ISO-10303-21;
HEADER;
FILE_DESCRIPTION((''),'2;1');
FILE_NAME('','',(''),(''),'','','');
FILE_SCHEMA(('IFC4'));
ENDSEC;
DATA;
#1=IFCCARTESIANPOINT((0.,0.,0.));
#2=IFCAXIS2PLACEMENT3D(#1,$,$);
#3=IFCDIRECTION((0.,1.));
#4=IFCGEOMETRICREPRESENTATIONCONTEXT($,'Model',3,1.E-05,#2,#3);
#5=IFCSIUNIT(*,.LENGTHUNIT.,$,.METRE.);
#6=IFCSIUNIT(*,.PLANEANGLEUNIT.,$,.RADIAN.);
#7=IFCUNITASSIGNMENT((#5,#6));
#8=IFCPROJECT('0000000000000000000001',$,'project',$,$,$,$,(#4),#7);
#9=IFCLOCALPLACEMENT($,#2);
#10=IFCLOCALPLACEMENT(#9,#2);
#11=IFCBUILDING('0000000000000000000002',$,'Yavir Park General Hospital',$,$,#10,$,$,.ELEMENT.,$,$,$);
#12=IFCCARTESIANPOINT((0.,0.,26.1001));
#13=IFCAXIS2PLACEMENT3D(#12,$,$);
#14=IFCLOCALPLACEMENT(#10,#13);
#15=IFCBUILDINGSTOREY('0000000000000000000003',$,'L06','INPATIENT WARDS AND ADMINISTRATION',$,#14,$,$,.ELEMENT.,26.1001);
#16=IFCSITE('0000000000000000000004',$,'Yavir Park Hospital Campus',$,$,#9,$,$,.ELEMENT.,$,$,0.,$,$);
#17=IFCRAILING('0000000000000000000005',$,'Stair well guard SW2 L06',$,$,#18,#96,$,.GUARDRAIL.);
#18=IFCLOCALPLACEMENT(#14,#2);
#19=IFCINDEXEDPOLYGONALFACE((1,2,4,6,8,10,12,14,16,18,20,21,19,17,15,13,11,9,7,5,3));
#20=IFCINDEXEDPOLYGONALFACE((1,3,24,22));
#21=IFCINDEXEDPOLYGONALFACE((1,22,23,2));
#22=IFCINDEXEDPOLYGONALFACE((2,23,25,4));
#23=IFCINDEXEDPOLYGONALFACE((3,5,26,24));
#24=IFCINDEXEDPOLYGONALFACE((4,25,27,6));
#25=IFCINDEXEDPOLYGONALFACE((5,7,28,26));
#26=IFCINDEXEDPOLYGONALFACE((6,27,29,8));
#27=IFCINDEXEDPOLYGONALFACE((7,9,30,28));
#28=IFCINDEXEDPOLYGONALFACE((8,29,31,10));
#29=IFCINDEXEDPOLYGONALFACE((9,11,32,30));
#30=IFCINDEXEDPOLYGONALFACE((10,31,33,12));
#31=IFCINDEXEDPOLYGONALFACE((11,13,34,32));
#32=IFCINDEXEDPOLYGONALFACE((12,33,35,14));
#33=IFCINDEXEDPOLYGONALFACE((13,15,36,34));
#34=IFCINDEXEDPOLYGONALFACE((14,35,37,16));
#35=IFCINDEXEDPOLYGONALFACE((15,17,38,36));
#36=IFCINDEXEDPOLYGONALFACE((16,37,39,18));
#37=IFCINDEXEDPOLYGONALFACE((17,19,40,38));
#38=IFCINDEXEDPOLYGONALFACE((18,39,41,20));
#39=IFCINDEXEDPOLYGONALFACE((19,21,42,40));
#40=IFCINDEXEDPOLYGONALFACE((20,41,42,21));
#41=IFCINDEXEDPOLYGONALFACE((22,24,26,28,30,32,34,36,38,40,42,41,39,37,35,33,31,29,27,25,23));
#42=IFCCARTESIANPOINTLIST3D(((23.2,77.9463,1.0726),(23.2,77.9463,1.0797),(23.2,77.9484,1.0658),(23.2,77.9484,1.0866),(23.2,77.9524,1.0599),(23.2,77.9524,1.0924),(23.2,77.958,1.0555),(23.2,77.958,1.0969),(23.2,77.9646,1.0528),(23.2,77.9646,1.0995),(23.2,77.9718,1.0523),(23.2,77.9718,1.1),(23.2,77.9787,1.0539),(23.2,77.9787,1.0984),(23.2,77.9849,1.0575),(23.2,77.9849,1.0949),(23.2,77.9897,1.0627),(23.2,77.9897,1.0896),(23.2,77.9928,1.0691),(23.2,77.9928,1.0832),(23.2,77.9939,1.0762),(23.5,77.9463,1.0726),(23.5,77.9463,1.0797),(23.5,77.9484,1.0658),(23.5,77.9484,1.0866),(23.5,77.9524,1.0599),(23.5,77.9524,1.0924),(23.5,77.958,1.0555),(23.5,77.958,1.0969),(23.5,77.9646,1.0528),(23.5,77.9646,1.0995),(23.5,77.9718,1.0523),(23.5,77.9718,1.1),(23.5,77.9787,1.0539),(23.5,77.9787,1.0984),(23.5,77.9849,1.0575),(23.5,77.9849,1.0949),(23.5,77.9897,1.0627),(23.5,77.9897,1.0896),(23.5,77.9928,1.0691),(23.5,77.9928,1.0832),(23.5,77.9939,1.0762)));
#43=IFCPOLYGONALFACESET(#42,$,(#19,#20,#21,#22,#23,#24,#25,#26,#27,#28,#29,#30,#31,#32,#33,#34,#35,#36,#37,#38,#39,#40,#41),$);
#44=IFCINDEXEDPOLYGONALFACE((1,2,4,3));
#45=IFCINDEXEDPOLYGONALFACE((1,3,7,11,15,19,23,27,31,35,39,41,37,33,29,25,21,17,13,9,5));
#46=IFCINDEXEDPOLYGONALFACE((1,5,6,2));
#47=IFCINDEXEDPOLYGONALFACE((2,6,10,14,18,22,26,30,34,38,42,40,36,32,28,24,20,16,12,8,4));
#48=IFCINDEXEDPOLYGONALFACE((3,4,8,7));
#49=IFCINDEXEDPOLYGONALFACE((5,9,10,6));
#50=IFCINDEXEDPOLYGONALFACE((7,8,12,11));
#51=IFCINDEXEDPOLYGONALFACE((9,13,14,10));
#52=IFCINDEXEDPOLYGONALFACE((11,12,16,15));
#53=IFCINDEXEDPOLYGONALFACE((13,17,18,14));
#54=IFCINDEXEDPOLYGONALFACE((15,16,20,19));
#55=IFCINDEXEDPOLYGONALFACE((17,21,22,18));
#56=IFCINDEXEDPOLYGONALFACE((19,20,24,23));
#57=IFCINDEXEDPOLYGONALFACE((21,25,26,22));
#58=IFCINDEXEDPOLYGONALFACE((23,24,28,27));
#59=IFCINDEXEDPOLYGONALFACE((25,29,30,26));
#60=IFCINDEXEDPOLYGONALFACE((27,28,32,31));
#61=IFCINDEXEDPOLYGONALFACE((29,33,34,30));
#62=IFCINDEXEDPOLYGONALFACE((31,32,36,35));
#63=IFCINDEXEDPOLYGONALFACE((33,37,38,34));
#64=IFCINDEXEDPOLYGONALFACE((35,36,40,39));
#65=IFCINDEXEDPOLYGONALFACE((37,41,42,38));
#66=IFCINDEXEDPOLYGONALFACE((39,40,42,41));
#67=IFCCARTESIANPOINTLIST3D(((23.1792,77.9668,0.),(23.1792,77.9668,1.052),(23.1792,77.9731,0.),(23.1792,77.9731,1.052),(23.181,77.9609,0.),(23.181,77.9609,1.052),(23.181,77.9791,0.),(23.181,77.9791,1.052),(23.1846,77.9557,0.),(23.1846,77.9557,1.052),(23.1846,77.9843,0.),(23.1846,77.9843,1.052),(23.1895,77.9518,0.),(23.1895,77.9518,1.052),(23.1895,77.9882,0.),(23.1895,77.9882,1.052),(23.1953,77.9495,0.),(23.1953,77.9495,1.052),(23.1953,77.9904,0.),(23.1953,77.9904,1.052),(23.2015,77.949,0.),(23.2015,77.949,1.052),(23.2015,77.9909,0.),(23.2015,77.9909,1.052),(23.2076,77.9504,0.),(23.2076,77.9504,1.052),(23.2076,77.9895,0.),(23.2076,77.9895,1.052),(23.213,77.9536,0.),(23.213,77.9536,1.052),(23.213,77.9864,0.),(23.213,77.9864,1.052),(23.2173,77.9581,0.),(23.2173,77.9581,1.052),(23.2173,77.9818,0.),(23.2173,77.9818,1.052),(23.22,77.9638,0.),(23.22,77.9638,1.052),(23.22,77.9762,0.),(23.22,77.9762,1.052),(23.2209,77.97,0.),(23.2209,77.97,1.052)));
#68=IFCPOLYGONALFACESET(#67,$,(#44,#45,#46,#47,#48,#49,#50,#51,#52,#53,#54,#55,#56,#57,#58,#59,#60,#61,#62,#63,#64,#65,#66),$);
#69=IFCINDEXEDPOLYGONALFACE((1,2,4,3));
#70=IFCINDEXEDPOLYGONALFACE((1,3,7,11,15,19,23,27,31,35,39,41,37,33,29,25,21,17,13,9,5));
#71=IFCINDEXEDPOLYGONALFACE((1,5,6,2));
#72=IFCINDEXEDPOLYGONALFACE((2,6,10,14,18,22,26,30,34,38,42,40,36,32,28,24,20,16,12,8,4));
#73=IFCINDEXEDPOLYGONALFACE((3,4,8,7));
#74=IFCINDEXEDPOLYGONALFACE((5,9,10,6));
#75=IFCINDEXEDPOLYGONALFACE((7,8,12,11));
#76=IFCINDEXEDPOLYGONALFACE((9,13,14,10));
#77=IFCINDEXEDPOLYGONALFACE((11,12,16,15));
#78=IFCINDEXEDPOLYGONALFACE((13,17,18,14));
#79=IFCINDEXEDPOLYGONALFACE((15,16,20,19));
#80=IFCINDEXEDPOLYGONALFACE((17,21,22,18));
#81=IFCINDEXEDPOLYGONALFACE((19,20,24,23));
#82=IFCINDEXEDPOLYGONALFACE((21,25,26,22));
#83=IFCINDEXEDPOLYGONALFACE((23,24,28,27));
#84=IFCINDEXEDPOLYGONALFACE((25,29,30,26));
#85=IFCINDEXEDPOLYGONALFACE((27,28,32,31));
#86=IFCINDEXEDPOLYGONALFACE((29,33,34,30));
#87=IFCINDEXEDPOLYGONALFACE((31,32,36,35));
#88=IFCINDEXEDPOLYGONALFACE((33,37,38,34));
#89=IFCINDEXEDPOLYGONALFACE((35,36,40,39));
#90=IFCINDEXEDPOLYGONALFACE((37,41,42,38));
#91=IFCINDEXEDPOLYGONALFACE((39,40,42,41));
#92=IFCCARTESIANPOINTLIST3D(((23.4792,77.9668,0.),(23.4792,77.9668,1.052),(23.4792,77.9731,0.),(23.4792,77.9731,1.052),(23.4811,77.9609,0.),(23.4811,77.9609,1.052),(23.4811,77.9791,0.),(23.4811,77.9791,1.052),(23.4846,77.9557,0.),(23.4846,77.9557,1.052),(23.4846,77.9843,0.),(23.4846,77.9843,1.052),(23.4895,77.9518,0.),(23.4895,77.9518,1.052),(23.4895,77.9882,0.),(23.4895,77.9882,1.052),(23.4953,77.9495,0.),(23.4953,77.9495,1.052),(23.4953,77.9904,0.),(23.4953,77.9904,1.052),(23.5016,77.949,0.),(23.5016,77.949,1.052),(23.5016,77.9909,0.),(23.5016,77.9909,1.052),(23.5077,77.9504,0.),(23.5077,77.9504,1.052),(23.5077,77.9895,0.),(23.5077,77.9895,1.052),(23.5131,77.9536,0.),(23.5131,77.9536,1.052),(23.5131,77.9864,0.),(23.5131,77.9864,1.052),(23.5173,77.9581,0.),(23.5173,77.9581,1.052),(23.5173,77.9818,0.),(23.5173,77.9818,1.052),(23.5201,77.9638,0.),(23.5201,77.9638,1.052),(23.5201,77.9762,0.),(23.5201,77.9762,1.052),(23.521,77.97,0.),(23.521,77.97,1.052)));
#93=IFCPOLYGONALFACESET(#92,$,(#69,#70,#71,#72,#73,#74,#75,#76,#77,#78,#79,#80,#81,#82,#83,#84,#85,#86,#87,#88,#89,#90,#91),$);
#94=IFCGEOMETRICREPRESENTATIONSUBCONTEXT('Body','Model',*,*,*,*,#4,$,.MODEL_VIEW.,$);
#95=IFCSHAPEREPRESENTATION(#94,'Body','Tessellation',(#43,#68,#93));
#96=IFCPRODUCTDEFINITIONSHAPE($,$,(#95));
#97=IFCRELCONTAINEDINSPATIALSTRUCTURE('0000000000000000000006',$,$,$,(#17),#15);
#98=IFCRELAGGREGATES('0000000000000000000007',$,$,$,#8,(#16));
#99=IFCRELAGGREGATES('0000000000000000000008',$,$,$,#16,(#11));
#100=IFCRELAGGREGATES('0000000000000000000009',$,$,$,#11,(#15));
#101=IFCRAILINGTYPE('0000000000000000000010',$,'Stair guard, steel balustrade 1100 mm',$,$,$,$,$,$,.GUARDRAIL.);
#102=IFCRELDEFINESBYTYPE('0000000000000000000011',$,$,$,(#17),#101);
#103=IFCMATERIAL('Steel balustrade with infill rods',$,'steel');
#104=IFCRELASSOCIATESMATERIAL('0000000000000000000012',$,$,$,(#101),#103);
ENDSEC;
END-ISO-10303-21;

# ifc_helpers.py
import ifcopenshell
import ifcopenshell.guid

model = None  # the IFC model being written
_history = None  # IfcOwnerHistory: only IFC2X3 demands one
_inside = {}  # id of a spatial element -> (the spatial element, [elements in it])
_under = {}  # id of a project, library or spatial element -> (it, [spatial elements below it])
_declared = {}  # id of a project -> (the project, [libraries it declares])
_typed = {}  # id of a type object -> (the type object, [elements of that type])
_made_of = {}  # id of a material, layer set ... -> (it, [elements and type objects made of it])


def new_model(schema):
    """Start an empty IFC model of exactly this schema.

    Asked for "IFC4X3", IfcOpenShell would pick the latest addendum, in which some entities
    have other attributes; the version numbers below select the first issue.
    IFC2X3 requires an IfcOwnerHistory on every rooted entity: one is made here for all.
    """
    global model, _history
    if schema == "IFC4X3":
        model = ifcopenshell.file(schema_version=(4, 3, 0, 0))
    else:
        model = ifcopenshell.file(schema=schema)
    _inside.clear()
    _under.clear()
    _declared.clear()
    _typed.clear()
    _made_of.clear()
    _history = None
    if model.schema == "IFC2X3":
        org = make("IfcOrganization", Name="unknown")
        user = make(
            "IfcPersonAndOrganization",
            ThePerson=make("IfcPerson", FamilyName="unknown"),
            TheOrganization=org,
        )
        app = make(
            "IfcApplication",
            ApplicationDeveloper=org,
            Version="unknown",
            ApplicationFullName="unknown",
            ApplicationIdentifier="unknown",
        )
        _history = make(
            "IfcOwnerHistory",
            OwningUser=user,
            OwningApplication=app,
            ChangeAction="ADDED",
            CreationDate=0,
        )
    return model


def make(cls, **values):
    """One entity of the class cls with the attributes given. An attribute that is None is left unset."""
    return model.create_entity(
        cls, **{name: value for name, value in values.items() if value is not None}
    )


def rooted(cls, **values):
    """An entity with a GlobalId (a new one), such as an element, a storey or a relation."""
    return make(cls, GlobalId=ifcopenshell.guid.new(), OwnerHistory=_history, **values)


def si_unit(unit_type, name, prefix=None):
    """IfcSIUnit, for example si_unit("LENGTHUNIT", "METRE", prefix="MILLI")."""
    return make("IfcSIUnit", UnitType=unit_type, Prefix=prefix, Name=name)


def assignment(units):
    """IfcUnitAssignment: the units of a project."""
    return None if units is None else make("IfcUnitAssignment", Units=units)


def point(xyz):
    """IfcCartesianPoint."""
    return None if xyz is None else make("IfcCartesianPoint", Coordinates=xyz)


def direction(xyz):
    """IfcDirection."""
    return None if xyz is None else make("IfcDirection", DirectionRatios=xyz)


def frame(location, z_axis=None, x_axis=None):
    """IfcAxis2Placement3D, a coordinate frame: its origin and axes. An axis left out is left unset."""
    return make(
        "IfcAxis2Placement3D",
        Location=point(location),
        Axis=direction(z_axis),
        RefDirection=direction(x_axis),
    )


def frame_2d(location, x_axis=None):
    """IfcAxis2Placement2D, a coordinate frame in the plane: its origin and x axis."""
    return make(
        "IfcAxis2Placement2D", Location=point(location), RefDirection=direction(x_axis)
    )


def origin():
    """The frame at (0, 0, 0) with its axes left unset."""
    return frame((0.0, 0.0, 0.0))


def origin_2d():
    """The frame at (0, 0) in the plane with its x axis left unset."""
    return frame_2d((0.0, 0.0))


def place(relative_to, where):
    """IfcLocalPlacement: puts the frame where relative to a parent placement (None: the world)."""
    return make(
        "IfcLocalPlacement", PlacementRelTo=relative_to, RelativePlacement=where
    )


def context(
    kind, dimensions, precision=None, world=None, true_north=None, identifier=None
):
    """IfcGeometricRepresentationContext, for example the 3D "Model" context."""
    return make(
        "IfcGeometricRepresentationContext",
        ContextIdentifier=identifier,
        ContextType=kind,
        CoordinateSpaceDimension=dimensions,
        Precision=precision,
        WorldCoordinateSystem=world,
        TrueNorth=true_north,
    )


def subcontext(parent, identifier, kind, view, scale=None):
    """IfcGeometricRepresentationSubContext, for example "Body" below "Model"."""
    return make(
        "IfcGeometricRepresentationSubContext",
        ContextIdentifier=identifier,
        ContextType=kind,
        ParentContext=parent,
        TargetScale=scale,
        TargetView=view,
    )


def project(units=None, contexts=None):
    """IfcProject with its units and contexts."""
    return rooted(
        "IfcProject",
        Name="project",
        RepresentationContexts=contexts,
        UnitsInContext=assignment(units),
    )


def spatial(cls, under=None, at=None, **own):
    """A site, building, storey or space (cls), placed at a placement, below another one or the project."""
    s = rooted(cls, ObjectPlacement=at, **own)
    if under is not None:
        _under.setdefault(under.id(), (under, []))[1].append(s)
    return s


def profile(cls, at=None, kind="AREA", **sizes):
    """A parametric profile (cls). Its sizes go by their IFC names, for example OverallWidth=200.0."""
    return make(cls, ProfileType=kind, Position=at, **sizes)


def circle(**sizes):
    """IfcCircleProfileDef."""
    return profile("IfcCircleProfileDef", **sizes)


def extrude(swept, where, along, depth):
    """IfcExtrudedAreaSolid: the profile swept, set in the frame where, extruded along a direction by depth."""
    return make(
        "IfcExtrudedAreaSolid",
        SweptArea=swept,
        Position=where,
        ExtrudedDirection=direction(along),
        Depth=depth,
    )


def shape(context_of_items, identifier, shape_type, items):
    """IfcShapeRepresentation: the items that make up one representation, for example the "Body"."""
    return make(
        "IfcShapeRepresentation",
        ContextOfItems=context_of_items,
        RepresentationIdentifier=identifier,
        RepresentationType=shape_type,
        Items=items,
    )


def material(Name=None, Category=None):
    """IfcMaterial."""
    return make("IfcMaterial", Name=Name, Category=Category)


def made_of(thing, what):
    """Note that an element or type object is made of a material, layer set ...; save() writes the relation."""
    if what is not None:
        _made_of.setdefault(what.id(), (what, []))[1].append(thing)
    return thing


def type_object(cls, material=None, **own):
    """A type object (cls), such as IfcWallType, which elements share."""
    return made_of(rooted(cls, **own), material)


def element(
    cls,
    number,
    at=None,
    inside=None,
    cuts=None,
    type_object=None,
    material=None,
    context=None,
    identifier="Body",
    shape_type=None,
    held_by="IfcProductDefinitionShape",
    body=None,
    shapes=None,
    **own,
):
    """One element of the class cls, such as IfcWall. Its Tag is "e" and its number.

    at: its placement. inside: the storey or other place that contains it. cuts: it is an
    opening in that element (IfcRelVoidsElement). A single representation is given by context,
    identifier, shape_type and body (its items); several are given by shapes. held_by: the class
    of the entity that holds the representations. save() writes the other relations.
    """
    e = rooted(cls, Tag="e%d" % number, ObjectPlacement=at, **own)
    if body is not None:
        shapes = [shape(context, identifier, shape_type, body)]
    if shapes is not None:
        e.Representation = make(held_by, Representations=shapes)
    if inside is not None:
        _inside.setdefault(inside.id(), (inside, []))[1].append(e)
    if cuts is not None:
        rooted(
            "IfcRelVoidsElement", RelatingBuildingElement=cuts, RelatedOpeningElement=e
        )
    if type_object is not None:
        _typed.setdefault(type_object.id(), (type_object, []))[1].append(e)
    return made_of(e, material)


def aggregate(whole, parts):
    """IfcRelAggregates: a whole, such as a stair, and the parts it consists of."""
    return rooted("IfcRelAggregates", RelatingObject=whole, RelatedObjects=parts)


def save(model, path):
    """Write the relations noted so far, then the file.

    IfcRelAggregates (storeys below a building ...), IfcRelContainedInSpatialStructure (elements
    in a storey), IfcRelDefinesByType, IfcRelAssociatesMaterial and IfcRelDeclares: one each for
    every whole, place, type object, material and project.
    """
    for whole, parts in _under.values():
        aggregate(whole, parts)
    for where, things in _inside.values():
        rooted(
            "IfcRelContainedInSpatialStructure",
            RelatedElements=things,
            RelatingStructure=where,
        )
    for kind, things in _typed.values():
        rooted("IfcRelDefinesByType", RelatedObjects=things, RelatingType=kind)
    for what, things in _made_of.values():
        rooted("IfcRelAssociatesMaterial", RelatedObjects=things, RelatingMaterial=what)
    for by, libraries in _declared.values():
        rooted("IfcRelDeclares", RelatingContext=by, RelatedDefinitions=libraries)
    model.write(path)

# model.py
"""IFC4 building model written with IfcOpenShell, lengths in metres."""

from ifc_helpers import new_model, si_unit, direction, frame, origin, origin_2d, place, context, subcontext, project, spatial, circle, extrude, material, type_object, element, save


model = new_model("IFC4")

# Units and contexts
model_context = context("Model", 3, precision=1e-05, world=origin(), true_north=direction((0.0, 1.0)))
body_context = subcontext(model_context, "Body", "Model", "MODEL_VIEW")
ifc_project = project(units=[si_unit("LENGTHUNIT", "METRE"), si_unit("PLANEANGLEUNIT", "RADIAN")], contexts=[model_context])

# Site, building, storey
site_placement = place(None, origin())
site = spatial("IfcSite", under=ifc_project, at=site_placement, Name="Yavir Park Hospital Campus", CompositionType="ELEMENT", RefElevation=0.0)
building_placement = place(site_placement, origin())
building = spatial("IfcBuilding", under=site, at=building_placement, Name="Yavir Park General Hospital", CompositionType="ELEMENT")
storey_placement = place(building_placement, frame((0.0, 0.0, 26.1001)))
storey = spatial("IfcBuildingStorey", under=building, at=storey_placement, Name="L06", Description="INPATIENT WARDS AND ADMINISTRATION", CompositionType="ELEMENT", Elevation=26.1001)

# Railing
ifc_material_1 = material(Name="Steel balustrade with infill rods", Category="steel")
railing_type_1 = type_object("IfcRailingType", Name="Stair guard, steel balustrade 1100 mm", PredefinedType="GUARDRAIL", material=ifc_material_1)
railing_placement = place(storey_placement, frame((23.2, 77.97, 0.0)))
element("IfcRailing", 1, at=railing_placement, inside=storey, type_object=railing_type_1, Name="Stair well guard SW2 L06", PredefinedType="GUARDRAIL", context=body_context, shape_type="SweptSolid", body=[
    extrude(circle(Radius=0.0239, at=origin_2d()), frame((0.0, 0.0, 1.0762), z_axis=(1.0, 0.0, 0.0), x_axis=(0.0, 1.0, 0.0)), (0.0, 0.0, 1.0), 0.3),
    extrude(circle(Radius=0.021, at=origin_2d()), origin(), (0.0, 0.0, 1.0), 1.052),
    extrude(circle(Radius=0.021, at=origin_2d()), frame((0.3, 0.0, 0.0)), (0.0, 0.0, 1.0), 1.052),
])

save(model, "model.ifc")
